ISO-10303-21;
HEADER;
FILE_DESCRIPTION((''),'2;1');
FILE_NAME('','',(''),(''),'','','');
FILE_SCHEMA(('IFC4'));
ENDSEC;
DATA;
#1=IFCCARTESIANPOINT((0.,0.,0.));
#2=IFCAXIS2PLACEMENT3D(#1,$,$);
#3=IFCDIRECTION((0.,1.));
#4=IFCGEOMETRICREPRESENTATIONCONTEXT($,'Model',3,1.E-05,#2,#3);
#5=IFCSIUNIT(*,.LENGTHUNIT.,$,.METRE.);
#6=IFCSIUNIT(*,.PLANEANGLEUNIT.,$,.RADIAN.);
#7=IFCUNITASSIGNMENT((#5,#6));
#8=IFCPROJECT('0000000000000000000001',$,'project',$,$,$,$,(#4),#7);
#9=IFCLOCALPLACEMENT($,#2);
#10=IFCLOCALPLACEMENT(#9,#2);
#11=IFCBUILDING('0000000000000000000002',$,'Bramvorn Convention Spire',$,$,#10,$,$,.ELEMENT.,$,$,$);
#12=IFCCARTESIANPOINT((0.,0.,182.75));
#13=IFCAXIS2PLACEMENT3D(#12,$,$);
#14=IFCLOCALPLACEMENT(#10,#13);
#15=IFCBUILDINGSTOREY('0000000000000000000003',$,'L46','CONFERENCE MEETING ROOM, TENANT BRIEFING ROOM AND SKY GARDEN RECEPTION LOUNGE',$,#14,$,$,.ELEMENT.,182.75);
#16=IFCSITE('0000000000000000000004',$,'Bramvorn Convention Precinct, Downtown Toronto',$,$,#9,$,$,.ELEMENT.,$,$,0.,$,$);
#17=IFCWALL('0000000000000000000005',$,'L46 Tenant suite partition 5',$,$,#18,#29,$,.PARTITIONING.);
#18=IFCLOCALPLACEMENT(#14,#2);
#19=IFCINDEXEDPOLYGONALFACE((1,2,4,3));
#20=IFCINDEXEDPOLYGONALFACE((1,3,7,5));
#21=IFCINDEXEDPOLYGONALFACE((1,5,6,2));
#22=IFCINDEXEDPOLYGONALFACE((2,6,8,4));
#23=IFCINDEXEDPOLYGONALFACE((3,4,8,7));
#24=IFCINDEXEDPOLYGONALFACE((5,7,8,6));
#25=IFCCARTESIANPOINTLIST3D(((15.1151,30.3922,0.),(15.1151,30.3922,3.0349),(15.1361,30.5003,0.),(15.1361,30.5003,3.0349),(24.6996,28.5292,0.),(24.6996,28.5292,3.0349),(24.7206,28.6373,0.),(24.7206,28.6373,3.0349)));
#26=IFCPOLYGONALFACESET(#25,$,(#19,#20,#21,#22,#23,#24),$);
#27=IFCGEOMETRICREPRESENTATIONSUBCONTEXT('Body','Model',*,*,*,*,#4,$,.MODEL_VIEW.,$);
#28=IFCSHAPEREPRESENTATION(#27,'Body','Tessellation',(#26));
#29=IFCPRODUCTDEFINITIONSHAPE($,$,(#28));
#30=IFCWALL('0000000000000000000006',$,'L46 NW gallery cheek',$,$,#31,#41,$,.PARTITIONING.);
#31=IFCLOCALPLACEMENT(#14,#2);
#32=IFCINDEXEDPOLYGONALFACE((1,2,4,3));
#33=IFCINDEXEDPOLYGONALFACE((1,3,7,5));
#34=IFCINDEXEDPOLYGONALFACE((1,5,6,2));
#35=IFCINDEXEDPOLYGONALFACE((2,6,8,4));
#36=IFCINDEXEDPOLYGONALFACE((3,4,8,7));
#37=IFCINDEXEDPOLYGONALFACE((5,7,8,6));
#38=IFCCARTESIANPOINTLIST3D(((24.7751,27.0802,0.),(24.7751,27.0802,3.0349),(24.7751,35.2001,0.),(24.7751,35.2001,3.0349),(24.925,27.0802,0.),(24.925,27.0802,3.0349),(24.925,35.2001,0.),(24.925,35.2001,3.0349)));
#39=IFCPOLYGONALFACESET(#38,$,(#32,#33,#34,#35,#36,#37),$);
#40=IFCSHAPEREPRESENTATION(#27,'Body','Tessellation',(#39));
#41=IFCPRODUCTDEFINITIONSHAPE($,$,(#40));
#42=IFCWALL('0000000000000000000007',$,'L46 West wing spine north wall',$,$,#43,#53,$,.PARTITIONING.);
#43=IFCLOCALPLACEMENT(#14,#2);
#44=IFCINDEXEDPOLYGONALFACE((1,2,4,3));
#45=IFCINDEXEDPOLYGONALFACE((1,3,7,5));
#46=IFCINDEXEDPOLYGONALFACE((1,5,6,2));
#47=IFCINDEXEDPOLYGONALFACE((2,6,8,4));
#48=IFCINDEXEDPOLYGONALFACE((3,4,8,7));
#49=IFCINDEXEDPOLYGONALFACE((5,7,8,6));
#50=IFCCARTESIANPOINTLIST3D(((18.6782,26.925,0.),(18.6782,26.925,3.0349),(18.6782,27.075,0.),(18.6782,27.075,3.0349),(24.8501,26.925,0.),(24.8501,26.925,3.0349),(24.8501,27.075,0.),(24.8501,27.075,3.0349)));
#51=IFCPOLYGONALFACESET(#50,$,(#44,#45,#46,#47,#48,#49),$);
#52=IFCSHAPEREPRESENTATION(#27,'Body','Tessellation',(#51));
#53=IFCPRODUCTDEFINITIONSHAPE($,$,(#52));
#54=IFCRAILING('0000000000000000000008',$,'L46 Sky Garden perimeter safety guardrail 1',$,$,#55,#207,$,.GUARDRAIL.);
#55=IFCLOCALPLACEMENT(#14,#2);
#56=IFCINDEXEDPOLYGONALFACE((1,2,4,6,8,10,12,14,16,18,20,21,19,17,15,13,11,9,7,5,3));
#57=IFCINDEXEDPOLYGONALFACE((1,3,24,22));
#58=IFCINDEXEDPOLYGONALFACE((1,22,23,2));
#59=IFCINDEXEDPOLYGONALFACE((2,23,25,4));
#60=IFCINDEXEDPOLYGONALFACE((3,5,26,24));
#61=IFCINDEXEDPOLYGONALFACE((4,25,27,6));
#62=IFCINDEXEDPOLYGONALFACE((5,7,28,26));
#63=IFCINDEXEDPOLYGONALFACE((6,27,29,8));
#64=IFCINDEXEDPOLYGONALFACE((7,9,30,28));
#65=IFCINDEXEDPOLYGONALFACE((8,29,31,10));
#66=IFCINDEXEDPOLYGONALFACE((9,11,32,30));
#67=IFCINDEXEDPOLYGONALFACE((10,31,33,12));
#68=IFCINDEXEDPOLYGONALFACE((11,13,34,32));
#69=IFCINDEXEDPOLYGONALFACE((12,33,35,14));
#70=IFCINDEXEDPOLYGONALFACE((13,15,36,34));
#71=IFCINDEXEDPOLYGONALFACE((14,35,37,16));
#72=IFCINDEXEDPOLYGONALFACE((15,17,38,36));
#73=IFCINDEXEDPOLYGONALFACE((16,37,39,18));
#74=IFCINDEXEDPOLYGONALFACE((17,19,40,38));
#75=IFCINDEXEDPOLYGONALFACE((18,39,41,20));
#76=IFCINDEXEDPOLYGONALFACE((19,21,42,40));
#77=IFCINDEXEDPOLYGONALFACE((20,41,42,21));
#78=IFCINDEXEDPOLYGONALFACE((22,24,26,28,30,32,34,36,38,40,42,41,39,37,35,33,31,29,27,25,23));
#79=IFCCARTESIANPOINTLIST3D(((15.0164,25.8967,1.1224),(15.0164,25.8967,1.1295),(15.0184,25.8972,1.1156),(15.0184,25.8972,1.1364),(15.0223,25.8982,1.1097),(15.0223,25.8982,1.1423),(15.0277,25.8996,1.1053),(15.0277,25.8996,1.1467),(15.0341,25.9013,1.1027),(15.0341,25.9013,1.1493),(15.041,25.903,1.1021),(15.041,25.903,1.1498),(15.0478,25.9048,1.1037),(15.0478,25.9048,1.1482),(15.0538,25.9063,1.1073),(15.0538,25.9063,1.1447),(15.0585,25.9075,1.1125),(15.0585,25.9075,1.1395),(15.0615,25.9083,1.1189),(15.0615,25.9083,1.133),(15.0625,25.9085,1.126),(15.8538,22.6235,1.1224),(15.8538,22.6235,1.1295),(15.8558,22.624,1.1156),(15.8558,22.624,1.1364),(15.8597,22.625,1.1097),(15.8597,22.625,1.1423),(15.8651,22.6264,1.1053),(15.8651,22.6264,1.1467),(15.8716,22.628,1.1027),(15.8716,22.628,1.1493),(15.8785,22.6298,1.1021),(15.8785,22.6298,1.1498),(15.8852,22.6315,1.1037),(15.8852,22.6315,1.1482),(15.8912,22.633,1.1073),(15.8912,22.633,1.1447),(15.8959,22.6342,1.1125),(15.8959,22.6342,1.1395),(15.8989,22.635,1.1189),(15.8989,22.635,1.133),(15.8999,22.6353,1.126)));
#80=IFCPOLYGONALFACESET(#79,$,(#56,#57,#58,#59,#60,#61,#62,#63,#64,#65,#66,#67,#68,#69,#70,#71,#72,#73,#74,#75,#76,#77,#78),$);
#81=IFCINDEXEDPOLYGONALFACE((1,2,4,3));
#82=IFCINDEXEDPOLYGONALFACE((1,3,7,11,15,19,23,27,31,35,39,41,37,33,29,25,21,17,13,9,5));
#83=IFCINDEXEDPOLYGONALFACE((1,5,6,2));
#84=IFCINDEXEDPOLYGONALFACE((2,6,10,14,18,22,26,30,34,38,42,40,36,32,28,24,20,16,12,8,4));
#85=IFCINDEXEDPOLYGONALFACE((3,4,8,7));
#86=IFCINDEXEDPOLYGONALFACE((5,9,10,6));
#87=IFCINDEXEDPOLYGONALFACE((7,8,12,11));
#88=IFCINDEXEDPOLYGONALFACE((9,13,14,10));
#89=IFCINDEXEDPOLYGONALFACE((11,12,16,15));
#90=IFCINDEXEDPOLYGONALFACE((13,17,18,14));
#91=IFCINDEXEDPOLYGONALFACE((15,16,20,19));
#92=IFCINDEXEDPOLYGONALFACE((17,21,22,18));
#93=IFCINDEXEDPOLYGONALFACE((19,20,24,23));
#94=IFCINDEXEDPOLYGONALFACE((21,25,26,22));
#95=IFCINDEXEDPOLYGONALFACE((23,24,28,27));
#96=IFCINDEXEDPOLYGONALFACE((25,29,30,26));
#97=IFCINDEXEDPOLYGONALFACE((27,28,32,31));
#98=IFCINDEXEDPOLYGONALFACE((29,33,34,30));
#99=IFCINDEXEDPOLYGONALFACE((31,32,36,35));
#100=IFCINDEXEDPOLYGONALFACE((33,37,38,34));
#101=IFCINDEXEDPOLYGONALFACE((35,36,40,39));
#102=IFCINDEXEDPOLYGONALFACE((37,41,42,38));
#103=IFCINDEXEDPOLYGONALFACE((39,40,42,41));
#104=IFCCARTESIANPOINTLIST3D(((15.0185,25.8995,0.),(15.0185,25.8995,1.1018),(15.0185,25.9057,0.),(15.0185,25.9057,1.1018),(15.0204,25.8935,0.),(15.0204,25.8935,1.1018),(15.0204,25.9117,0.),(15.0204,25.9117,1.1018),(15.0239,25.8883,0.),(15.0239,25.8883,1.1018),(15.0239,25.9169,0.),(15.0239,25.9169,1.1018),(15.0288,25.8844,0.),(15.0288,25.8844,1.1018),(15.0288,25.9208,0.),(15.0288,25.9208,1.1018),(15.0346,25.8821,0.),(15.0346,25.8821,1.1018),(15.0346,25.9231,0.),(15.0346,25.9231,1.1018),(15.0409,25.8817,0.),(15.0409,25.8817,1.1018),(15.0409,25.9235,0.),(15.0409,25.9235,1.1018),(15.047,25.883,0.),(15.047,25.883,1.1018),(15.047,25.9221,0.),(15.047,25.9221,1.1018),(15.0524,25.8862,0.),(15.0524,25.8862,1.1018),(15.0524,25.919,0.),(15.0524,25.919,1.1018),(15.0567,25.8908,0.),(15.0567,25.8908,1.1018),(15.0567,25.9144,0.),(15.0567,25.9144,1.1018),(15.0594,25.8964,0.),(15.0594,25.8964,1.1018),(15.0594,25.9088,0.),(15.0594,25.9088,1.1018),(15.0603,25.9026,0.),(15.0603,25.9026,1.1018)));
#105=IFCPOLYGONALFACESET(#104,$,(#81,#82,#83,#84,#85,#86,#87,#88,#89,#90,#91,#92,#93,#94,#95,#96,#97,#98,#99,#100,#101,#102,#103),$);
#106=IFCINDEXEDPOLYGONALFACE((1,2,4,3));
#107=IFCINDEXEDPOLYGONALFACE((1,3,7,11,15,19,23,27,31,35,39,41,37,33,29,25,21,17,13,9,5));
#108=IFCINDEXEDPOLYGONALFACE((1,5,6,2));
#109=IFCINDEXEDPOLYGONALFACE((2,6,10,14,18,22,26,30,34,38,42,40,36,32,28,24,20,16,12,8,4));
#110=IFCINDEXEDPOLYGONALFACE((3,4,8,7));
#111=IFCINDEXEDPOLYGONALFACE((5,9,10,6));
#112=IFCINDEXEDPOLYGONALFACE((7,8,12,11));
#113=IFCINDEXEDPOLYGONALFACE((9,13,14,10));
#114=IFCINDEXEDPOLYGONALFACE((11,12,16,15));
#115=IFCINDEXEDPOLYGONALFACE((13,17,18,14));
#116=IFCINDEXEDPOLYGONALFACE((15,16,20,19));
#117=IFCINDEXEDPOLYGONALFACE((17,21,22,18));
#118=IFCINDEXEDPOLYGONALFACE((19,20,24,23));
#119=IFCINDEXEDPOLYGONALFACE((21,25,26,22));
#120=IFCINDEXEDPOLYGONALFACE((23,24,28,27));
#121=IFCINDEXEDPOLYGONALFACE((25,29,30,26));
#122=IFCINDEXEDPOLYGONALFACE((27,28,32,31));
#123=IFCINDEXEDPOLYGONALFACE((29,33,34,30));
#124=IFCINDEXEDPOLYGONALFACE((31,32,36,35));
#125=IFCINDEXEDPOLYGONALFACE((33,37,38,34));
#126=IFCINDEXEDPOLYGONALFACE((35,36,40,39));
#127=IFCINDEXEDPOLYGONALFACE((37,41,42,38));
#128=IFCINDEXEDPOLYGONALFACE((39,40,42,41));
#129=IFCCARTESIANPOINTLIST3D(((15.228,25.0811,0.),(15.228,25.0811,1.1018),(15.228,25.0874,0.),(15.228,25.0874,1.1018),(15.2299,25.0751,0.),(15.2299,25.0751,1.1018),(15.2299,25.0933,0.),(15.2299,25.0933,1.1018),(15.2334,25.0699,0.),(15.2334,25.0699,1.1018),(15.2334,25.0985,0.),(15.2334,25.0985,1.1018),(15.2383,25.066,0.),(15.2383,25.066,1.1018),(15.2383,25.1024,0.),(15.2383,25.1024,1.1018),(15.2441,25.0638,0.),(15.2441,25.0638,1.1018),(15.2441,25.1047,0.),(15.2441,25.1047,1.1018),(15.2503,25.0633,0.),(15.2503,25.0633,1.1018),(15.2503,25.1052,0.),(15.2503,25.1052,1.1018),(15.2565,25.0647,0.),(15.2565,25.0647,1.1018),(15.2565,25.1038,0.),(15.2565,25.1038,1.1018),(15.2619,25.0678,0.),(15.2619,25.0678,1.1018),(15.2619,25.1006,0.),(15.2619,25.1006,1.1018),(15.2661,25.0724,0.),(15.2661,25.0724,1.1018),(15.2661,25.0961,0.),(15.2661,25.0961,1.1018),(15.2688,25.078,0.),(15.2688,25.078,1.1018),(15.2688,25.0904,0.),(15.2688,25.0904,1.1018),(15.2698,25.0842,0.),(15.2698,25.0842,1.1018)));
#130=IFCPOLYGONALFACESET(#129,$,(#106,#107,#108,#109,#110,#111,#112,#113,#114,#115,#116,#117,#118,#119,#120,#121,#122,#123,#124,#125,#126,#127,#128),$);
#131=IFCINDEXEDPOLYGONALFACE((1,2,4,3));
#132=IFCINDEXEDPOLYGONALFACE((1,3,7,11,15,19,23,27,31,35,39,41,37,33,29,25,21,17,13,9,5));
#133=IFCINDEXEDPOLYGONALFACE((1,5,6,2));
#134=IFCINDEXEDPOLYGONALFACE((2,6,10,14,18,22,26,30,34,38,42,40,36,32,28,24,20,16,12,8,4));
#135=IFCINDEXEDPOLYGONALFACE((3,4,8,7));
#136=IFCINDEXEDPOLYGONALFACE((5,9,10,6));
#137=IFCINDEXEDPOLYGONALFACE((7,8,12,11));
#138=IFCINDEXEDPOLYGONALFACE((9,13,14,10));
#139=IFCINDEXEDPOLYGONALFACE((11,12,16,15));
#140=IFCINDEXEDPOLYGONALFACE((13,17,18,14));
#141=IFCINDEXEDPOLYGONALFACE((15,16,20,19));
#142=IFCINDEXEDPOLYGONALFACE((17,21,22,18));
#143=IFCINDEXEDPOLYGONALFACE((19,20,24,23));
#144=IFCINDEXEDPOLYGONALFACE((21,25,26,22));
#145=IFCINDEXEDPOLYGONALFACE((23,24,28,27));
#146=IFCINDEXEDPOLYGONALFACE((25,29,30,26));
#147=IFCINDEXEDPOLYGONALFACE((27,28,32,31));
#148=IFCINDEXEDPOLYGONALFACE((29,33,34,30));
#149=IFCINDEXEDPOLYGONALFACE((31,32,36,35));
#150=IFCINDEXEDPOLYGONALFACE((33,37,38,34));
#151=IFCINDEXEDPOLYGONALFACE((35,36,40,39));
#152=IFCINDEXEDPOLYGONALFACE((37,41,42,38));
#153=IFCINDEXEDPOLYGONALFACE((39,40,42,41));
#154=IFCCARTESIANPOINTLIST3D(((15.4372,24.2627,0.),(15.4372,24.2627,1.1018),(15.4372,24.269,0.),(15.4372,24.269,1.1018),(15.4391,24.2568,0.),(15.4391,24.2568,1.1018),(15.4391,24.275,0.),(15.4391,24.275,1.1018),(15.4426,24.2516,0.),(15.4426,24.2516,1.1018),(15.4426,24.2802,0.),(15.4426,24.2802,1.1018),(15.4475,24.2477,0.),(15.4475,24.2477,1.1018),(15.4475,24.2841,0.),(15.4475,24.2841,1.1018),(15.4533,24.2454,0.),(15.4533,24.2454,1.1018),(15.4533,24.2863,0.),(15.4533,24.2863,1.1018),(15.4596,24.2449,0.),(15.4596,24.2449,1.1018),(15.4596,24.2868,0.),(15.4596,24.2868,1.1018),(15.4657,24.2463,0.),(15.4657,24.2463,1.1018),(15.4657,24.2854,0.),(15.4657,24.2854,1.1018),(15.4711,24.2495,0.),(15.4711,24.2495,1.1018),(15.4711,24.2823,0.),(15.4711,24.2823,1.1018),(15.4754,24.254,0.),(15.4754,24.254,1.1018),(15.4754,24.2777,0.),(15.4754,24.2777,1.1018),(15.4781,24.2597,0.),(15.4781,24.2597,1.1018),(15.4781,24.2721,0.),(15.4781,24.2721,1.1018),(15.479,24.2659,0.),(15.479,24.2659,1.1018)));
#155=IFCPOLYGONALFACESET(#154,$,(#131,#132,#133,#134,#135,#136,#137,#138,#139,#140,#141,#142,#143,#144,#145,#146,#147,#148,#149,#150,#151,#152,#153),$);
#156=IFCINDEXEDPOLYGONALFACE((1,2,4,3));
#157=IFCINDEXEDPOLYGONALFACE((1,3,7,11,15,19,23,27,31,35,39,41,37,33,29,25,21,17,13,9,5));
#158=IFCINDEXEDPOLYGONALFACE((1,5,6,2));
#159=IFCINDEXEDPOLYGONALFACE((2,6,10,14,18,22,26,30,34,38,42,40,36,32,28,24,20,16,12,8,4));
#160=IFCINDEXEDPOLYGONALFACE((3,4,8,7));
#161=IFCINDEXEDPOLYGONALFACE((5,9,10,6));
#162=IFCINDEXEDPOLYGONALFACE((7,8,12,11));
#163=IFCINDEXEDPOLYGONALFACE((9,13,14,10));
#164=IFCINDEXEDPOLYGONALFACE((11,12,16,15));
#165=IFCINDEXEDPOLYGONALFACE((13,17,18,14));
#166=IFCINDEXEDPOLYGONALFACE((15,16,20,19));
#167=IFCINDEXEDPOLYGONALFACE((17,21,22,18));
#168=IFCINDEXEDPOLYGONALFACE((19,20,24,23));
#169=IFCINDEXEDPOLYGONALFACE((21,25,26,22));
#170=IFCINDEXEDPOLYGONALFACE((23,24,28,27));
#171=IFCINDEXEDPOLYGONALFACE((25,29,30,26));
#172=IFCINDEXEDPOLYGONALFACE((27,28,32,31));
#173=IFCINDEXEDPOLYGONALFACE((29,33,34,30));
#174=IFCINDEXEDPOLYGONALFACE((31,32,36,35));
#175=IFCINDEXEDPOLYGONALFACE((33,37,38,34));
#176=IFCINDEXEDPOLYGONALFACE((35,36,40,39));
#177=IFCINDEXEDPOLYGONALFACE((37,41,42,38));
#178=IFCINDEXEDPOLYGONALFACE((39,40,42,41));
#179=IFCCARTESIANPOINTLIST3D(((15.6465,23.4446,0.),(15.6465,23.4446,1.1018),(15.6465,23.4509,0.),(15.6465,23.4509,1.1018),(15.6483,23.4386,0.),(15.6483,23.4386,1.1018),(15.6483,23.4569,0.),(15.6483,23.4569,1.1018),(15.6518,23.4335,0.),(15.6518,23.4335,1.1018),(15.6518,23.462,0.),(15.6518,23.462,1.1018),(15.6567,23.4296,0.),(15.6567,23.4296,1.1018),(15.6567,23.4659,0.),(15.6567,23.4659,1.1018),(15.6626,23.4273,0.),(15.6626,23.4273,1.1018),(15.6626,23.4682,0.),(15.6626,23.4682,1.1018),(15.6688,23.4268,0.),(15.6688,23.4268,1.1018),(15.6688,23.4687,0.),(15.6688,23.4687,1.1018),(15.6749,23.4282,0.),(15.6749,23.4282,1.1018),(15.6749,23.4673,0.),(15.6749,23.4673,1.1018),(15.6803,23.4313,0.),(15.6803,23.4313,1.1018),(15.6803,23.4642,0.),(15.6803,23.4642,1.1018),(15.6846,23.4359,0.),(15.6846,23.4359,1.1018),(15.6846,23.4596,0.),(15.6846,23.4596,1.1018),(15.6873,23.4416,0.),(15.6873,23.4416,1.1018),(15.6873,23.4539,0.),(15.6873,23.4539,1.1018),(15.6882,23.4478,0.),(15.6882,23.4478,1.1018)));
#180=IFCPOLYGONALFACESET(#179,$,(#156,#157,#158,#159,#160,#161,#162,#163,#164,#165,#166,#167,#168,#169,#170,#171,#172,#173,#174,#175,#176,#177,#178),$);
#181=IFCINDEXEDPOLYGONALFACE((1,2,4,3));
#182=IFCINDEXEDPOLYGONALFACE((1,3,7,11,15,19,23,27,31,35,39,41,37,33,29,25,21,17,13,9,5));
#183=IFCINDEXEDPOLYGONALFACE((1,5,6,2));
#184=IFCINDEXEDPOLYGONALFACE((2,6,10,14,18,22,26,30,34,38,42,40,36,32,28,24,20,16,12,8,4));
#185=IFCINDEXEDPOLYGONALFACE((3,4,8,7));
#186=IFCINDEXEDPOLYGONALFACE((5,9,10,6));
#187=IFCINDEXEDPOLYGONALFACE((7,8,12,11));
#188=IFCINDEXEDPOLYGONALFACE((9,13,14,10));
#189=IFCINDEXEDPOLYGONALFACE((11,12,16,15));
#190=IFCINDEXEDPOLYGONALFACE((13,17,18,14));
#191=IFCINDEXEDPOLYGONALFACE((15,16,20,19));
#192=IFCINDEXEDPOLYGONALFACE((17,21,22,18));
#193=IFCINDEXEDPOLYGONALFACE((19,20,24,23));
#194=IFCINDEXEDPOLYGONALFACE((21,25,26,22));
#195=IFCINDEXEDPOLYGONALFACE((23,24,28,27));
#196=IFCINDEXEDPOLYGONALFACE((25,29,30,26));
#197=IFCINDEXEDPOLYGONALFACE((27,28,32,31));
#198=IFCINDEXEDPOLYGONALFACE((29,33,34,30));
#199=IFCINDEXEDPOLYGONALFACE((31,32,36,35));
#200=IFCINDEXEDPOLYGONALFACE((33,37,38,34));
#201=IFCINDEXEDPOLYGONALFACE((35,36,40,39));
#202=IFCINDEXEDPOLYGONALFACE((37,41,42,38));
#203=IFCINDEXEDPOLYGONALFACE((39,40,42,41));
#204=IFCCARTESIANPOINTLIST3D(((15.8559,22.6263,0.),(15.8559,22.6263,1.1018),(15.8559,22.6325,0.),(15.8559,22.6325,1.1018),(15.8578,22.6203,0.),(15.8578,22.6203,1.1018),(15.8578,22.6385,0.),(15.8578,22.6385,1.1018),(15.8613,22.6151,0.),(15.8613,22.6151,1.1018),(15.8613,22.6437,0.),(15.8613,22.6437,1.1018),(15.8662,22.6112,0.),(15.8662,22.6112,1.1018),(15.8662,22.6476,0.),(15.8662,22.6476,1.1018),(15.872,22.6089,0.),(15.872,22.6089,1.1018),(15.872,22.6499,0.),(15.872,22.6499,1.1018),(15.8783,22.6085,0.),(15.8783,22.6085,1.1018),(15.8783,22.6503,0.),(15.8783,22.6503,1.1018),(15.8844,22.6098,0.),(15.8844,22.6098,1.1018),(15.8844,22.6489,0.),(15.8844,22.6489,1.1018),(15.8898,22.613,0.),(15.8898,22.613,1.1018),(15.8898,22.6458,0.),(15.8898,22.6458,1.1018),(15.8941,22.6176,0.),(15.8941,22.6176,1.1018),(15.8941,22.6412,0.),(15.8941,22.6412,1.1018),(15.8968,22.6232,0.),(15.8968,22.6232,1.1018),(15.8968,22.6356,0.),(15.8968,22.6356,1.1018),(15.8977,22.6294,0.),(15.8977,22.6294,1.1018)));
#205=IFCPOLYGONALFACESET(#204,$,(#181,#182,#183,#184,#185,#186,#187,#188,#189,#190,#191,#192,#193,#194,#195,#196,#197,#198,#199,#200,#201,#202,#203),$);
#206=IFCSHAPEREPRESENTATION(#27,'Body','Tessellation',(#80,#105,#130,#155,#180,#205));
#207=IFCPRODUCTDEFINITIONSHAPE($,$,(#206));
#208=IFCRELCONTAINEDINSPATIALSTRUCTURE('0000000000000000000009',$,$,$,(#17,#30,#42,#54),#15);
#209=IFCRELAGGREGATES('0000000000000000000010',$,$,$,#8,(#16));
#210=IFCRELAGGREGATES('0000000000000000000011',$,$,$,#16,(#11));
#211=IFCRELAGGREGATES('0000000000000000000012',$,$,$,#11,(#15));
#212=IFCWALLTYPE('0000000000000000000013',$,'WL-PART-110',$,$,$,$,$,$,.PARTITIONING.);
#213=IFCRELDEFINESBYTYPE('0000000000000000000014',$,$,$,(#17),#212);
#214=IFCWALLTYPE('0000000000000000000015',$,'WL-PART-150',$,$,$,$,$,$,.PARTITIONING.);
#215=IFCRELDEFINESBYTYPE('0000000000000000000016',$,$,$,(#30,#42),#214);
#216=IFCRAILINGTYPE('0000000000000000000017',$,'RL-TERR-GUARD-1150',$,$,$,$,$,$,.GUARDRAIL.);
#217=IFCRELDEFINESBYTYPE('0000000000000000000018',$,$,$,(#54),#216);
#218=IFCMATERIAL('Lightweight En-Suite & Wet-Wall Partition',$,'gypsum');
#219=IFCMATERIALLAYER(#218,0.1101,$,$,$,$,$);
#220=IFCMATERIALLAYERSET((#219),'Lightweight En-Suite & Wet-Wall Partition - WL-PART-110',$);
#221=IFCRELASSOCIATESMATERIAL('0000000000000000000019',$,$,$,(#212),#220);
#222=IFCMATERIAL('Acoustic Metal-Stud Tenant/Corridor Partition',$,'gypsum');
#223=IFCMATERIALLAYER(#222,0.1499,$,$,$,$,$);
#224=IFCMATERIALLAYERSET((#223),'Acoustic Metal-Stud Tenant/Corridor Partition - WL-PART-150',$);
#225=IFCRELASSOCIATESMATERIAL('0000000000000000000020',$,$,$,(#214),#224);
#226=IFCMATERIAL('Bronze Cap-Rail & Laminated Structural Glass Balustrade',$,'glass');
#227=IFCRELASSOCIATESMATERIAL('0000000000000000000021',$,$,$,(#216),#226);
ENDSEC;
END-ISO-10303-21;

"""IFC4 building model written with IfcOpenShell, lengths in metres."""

from ifc_helpers import new_model, si_unit, direction, frame, frame_2d, origin, origin_2d, place, context, subcontext, project, spatial, rectangle, circle, extrude, material, layer, layer_set, type_object, element, save


model = new_model("IFC4")

# Units and contexts
model_context = context("Model", 3, precision=1e-05, world=origin(), true_north=direction((0.0, 1.0)))
body_context = subcontext(model_context, "Body", "Model", "MODEL_VIEW")
ifc_project = project(units=[si_unit("LENGTHUNIT", "METRE"), si_unit("PLANEANGLEUNIT", "RADIAN")], contexts=[model_context])

# Site, building, storey
site_placement = place(None, origin())
site = spatial("IfcSite", under=ifc_project, at=site_placement, Name="Bramvorn Convention Precinct, Downtown Toronto", CompositionType="ELEMENT", RefElevation=0.0)
building_placement = place(site_placement, origin())
building = spatial("IfcBuilding", under=site, at=building_placement, Name="Bramvorn Convention Spire", CompositionType="ELEMENT")
storey_placement = place(building_placement, frame((0.0, 0.0, 182.75)))
storey = spatial("IfcBuildingStorey", under=building, at=storey_placement, Name="L46", Description="CONFERENCE MEETING ROOM, TENANT BRIEFING ROOM AND SKY GARDEN RECEPTION LOUNGE", CompositionType="ELEMENT", Elevation=182.75)

# Walls
ifc_material_1 = material(Name="Lightweight En-Suite & Wet-Wall Partition", Category="gypsum")
ifc_layer_1 = layer(ifc_material_1, 0.1101)
ifc_layer_set_1 = layer_set([ifc_layer_1], Name="Lightweight En-Suite & Wet-Wall Partition - WL-PART-110")
wall_type_1 = type_object("IfcWallType", Name="WL-PART-110", PredefinedType="PARTITIONING", material=ifc_layer_set_1)
wall_1_placement = place(storey_placement, frame((24.71, 28.5833, 0.0), z_axis=(0.0, 0.0, 1.0), x_axis=(-0.981627, 0.190809, 0.0)))
element("IfcWall", 1, at=wall_1_placement, inside=storey, type_object=wall_type_1, Name="L46 Tenant suite partition 5", PredefinedType="PARTITIONING", context=body_context, shape_type="SweptSolid", body=[
    extrude(rectangle(XDim=9.7639, YDim=0.1101, at=frame_2d((4.8818, 0.0))), origin(), (0.0, 0.0, 1.0), 3.0349),
])
ifc_material_2 = material(Name="Acoustic Metal-Stud Tenant/Corridor Partition", Category="gypsum")
ifc_layer_2 = layer(ifc_material_2, 0.1499)
ifc_layer_set_2 = layer_set([ifc_layer_2], Name="Acoustic Metal-Stud Tenant/Corridor Partition - WL-PART-150")
wall_type_2 = type_object("IfcWallType", Name="WL-PART-150", PredefinedType="PARTITIONING", material=ifc_layer_set_2)
wall_2_placement = place(storey_placement, frame((24.8501, 27.0801, 0.0), z_axis=(0.0, 0.0, 1.0), x_axis=(0.0, 1.0, 0.0)))
element("IfcWall", 2, at=wall_2_placement, inside=storey, type_object=wall_type_2, Name="L46 NW gallery cheek", PredefinedType="PARTITIONING", context=body_context, shape_type="SweptSolid", body=[
    extrude(rectangle(XDim=8.1199, YDim=0.1499, at=frame_2d((4.0601, 0.0))), origin(), (0.0, 0.0, 1.0), 3.0349),
])
wall_3_placement = place(storey_placement, frame((18.6782, 27.0, 0.0), z_axis=(0.0, 0.0, 1.0), x_axis=(1.0, 0.0, 0.0)))
element("IfcWall", 3, at=wall_3_placement, inside=storey, type_object=wall_type_2, Name="L46 West wing spine north wall", PredefinedType="PARTITIONING", context=body_context, shape_type="SweptSolid", body=[
    extrude(rectangle(XDim=6.1719, YDim=0.1499, at=frame_2d((3.0859, 0.0))), origin(), (0.0, 0.0, 1.0), 3.0349),
])

# Railing
ifc_material_3 = material(Name="Bronze Cap-Rail & Laminated Structural Glass Balustrade", Category="glass")
railing_type = type_object("IfcRailingType", Name="RL-TERR-GUARD-1150", PredefinedType="GUARDRAIL", material=ifc_material_3)
railing_1_placement = place(storey_placement, frame((15.0393, 25.9026, 0.0)))
element("IfcRailing", 4, at=railing_1_placement, inside=storey, type_object=railing_type, Name="L46 Sky Garden perimeter safety guardrail 1", PredefinedType="GUARDRAIL", context=body_context, shape_type="SweptSolid", body=[
    extrude(circle(Radius=0.0239, at=origin_2d()), frame((0.0, 0.0, 1.126), z_axis=(0.247854, -0.968797, 0.0), x_axis=(0.968797, 0.247854, 0.0)), (0.0, 0.0, 1.0), 3.3787),
    extrude(circle(Radius=0.021, at=origin_2d()), origin(), (0.0, 0.0, 1.0), 1.1018),
    extrude(circle(Radius=0.021, at=origin_2d()), frame((0.2095, -0.8184, 0.0)), (0.0, 0.0, 1.0), 1.1018),
    extrude(circle(Radius=0.021, at=origin_2d()), frame((0.4187, -1.6367, 0.0)), (0.0, 0.0, 1.0), 1.1018),
    extrude(circle(Radius=0.021, at=origin_2d()), frame((0.6279, -2.4548, 0.0)), (0.0, 0.0, 1.0), 1.1018),
    extrude(circle(Radius=0.021, at=origin_2d()), frame((0.8374, -3.2732, 0.0)), (0.0, 0.0, 1.0), 1.1018),
])

save(model, "model.ifc")
